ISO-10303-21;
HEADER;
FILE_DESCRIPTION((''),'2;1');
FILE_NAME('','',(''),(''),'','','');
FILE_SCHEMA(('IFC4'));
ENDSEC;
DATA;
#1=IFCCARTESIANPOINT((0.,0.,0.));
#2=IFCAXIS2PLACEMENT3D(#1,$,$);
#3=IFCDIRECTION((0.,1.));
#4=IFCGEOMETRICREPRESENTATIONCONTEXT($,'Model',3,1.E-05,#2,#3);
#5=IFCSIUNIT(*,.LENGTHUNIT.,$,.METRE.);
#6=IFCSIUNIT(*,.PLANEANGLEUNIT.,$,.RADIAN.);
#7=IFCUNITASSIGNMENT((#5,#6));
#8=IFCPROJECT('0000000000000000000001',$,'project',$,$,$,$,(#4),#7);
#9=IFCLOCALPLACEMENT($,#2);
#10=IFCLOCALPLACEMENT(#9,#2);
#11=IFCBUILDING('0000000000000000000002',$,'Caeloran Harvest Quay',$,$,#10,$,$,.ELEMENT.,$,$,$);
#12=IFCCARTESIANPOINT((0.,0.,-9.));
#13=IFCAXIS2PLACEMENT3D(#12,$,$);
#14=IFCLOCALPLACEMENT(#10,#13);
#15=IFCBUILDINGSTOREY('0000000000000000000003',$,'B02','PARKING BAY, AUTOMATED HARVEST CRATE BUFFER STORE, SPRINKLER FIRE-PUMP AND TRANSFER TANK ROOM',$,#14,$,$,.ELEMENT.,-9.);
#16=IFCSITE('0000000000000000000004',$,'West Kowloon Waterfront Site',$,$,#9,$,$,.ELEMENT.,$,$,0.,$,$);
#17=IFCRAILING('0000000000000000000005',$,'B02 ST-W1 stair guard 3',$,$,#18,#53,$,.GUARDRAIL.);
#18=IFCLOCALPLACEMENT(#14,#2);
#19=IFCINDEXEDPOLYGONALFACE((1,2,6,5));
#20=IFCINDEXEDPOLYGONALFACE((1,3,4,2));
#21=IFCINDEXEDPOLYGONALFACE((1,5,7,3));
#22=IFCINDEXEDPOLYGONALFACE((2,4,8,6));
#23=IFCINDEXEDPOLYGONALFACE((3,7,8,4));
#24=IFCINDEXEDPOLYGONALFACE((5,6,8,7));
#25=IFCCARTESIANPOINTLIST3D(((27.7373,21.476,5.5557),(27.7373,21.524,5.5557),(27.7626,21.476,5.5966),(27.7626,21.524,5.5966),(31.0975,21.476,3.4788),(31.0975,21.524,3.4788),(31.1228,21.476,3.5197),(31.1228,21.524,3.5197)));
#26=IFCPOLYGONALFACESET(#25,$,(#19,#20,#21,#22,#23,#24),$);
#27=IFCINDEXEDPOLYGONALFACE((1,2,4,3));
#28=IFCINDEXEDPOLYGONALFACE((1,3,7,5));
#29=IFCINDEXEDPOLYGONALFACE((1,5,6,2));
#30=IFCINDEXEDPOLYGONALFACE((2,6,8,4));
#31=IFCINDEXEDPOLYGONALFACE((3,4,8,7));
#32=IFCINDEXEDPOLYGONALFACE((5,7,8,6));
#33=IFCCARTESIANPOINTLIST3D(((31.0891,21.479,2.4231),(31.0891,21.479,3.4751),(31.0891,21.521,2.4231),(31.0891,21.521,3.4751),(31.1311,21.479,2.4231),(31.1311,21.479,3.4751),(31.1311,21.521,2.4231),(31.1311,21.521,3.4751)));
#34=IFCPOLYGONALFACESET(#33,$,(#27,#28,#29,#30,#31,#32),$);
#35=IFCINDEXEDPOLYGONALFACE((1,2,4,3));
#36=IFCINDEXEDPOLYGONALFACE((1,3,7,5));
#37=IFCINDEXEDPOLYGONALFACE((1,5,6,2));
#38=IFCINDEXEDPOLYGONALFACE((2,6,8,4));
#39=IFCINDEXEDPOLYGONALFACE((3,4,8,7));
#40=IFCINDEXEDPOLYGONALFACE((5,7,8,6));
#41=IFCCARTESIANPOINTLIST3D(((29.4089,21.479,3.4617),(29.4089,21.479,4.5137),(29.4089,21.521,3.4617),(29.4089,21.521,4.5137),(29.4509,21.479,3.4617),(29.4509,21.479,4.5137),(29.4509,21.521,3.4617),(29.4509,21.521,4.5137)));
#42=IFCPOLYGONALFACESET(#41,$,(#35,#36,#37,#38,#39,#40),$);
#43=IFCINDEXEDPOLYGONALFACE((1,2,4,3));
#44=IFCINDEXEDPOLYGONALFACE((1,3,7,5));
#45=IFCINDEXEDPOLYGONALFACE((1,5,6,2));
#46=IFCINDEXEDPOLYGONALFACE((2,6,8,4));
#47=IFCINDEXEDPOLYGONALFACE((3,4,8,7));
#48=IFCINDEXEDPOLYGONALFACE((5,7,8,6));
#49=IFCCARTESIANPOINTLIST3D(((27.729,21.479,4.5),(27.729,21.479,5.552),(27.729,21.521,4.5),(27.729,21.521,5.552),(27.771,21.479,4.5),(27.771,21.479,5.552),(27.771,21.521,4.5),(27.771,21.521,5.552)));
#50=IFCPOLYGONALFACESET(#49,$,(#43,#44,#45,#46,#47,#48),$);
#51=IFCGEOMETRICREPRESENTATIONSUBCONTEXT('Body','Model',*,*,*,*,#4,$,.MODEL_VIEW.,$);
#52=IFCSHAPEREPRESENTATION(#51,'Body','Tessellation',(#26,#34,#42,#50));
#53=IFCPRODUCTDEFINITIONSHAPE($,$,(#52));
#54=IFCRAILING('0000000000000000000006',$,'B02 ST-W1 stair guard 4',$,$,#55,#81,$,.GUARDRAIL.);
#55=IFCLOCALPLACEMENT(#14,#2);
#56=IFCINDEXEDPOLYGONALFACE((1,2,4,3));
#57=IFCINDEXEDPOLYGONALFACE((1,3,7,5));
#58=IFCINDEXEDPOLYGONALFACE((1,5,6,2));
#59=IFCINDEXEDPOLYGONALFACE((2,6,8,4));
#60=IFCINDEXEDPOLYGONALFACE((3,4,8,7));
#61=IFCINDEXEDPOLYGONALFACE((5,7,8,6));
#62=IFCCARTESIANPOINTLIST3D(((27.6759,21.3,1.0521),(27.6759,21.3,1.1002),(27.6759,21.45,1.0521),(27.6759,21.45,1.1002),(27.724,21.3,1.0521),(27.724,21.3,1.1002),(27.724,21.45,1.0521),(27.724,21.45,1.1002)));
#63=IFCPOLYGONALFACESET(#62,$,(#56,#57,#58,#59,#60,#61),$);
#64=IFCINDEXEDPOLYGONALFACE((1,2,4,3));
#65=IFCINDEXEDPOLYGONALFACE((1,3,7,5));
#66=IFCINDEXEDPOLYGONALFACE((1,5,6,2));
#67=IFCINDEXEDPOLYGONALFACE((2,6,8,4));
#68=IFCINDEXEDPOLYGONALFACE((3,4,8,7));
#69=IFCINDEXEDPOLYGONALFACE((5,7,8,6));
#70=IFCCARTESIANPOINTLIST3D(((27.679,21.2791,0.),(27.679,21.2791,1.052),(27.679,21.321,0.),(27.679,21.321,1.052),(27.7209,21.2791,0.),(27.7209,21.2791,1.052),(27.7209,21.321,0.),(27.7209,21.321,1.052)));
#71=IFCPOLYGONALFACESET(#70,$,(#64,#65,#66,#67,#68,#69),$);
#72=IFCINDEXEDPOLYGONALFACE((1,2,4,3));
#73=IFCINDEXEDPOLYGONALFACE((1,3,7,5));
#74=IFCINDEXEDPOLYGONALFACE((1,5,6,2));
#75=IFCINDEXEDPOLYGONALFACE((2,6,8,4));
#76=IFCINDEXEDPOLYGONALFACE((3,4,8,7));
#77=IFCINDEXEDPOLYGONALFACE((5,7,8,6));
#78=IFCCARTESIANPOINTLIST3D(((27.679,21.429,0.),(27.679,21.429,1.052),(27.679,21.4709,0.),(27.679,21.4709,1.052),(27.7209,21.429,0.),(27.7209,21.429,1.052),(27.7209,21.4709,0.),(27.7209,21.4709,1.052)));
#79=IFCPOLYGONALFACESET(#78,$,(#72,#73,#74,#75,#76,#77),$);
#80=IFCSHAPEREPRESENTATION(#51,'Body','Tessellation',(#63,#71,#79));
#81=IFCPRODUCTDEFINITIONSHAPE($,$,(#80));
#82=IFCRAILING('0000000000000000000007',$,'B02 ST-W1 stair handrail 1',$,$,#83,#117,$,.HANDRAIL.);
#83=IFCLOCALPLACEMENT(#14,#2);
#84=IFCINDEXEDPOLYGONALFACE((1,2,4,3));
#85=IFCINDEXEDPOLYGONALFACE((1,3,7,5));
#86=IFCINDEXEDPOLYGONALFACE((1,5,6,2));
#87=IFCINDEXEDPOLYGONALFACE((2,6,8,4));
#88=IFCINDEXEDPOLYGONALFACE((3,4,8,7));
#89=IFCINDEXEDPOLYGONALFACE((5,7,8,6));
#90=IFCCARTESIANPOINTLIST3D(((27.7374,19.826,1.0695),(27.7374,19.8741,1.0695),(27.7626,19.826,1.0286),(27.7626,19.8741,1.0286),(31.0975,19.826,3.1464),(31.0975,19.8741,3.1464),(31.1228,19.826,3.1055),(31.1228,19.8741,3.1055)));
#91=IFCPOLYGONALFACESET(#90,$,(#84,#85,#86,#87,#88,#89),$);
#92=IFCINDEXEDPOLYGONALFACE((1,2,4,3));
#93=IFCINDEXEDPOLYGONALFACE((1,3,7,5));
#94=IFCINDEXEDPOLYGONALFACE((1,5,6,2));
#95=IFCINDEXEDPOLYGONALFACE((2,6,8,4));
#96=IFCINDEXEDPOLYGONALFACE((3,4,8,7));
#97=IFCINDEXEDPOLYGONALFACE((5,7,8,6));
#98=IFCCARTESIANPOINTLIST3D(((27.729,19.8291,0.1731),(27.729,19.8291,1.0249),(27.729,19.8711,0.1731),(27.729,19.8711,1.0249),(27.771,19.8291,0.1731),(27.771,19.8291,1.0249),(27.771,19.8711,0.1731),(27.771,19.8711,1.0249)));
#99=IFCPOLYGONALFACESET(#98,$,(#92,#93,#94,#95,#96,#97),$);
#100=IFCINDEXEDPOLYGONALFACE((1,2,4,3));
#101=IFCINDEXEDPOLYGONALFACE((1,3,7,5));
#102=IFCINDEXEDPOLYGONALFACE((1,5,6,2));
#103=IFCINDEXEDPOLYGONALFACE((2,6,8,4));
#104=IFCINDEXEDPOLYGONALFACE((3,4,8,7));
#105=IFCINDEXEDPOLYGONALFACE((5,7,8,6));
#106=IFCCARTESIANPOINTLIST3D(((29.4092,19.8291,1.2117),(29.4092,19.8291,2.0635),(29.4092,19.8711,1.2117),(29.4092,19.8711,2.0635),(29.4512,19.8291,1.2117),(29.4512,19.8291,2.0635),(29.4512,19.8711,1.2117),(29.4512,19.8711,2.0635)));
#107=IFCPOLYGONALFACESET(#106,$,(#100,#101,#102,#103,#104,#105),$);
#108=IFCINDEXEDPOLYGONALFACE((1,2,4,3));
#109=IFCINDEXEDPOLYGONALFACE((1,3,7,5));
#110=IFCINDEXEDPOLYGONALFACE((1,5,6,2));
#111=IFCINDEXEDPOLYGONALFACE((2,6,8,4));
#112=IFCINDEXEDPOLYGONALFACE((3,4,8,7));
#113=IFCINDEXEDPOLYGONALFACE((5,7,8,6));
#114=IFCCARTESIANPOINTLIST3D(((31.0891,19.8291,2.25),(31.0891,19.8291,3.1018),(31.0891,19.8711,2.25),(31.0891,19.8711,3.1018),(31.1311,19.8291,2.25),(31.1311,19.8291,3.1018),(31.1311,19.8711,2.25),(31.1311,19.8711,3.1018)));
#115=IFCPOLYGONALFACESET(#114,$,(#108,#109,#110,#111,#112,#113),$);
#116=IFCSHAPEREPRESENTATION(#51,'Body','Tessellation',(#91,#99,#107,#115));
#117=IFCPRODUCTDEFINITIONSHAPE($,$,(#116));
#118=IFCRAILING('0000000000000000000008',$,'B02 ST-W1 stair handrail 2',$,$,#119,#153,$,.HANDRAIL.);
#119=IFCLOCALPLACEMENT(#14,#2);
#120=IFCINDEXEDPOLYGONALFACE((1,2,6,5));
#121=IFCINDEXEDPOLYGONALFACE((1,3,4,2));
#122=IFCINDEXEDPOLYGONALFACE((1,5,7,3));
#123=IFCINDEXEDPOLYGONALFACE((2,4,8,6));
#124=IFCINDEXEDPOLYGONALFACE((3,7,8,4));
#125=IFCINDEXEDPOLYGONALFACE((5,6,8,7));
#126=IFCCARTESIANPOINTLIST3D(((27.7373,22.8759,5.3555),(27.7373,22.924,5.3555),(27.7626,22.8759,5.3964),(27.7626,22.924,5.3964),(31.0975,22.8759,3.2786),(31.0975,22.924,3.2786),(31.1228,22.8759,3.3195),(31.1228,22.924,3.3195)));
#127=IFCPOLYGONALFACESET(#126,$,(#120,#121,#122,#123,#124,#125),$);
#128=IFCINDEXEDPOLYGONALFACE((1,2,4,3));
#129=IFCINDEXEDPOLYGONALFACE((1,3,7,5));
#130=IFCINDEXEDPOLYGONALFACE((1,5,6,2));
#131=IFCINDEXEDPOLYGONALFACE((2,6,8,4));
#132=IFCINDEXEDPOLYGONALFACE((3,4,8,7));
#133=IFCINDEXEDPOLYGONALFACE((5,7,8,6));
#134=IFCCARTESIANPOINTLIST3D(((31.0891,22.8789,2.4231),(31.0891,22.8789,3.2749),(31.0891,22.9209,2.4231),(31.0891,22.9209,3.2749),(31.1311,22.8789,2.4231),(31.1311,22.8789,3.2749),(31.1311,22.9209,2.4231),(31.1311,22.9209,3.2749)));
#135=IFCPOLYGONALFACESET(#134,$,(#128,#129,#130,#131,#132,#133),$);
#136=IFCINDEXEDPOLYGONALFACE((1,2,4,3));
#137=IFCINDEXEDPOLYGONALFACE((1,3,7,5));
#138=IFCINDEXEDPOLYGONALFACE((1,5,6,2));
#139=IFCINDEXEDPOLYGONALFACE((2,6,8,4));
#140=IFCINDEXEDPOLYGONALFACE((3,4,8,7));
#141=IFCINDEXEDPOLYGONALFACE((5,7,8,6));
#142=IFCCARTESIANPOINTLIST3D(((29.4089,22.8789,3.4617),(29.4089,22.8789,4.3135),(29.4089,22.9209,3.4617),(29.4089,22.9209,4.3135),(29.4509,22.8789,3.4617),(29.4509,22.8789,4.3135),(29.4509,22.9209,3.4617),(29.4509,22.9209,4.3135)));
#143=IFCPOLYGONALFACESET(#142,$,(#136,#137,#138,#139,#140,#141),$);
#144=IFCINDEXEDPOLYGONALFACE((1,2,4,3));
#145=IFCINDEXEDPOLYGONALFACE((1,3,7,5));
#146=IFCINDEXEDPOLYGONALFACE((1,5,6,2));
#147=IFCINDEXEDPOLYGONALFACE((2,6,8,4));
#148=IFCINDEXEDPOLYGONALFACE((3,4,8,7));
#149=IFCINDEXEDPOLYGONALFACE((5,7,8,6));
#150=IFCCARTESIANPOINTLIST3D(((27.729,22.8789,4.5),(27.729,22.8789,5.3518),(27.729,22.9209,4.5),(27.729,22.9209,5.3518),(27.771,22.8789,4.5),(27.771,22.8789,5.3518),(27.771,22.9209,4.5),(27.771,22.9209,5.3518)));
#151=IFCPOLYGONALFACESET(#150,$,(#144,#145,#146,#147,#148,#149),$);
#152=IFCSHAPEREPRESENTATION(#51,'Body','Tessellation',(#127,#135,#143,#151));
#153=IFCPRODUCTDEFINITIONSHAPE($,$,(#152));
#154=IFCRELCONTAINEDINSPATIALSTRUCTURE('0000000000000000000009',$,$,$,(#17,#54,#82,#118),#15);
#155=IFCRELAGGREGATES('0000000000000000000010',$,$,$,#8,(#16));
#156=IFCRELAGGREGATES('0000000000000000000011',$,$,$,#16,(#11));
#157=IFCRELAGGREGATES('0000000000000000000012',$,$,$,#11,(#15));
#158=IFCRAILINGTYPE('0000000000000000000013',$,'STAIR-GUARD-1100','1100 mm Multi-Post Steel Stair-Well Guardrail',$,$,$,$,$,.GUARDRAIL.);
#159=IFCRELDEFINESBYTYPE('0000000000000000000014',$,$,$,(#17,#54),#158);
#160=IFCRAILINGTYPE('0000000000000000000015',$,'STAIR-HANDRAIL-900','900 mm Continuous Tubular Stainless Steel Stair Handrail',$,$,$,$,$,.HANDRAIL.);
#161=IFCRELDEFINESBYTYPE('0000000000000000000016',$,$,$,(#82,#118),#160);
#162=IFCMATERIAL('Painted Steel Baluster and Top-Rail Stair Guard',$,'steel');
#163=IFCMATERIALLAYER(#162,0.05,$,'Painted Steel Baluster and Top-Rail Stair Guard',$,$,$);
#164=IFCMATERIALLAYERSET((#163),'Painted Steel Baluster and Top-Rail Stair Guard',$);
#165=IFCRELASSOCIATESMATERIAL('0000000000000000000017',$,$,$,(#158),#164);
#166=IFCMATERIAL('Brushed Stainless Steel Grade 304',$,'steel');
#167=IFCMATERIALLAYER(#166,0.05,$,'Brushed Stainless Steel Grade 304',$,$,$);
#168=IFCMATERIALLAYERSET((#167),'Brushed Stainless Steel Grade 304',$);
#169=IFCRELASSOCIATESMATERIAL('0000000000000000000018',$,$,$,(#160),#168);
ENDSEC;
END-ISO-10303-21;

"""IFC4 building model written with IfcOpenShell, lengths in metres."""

from ifc_helpers import new_model, si_unit, direction, frame, origin, origin_2d, place, context, subcontext, project, spatial, rectangle, extrude, material, layer, layer_set, type_object, element, save


model = new_model("IFC4")

# Units and contexts
model_context = context("Model", 3, precision=1e-05, world=origin(), true_north=direction((0.0, 1.0)))
body_context = subcontext(model_context, "Body", "Model", "MODEL_VIEW")
ifc_project = project(units=[si_unit("LENGTHUNIT", "METRE"), si_unit("PLANEANGLEUNIT", "RADIAN")], contexts=[model_context])

# Site, building, storey
site_placement = place(None, origin())
site = spatial("IfcSite", under=ifc_project, at=site_placement, Name="West Kowloon Waterfront Site", CompositionType="ELEMENT", RefElevation=0.0)
building_placement = place(site_placement, origin())
building = spatial("IfcBuilding", under=site, at=building_placement, Name="Caeloran Harvest Quay", CompositionType="ELEMENT")
storey_placement = place(building_placement, frame((0.0, 0.0, -9.0)))
storey = spatial("IfcBuildingStorey", under=building, at=storey_placement, Name="B02", Description="PARKING BAY, AUTOMATED HARVEST CRATE BUFFER STORE, SPRINKLER FIRE-PUMP AND TRANSFER TANK ROOM", CompositionType="ELEMENT", Elevation=-9.0)

# Railings
ifc_material_1 = material(Name="Painted Steel Baluster and Top-Rail Stair Guard", Category="steel")
ifc_layer_1 = layer(ifc_material_1, 0.05, Name="Painted Steel Baluster and Top-Rail Stair Guard")
ifc_layer_set_1 = layer_set([ifc_layer_1], Name="Painted Steel Baluster and Top-Rail Stair Guard")
railing_type_1 = type_object("IfcRailingType", Name="STAIR-GUARD-1100", Description="1100 mm Multi-Post Steel Stair-Well Guardrail", PredefinedType="GUARDRAIL", material=ifc_layer_set_1)
railing_1_placement = place(storey_placement, frame((31.1101, 21.5, 2.4231)))
element("IfcRailing", 1, at=railing_1_placement, inside=storey, type_object=railing_type_1, Name="B02 ST-W1 stair guard 3", PredefinedType="GUARDRAIL", context=body_context, shape_type="SweptSolid", body=[
    extrude(rectangle(XDim=0.0481, YDim=0.0481, at=origin_2d()), frame((0.0, 0.0, 1.0762), z_axis=(-0.850623, 0.0, 0.525776), x_axis=(0.0, -1.0, 0.0)), (0.0, 0.0, 1.0), 3.9502),
    extrude(rectangle(XDim=0.042, YDim=0.042, at=origin_2d()), origin(), (0.0, 0.0, 1.0), 1.052),
    extrude(rectangle(XDim=0.042, YDim=0.042, at=origin_2d()), frame((-1.6802, 0.0, 1.0386)), (0.0, 0.0, 1.0), 1.052),
    extrude(rectangle(XDim=0.042, YDim=0.042, at=origin_2d()), frame((-3.3601, 0.0, 2.0769)), (0.0, 0.0, 1.0), 1.052),
])
railing_2_placement = place(storey_placement, frame((27.7, 21.3, 0.0)))
element("IfcRailing", 2, at=railing_2_placement, inside=storey, type_object=railing_type_1, Name="B02 ST-W1 stair guard 4", PredefinedType="GUARDRAIL", context=body_context, shape_type="SweptSolid", body=[
    extrude(rectangle(XDim=0.0481, YDim=0.0481, at=origin_2d()), frame((0.0, 0.0, 1.0762), z_axis=(0.0, 1.0, 0.0), x_axis=(-1.0, 0.0, 0.0)), (0.0, 0.0, 1.0), 0.1499),
    extrude(rectangle(XDim=0.042, YDim=0.042, at=origin_2d()), origin(), (0.0, 0.0, 1.0), 1.052),
    extrude(rectangle(XDim=0.042, YDim=0.042, at=origin_2d()), frame((0.0, 0.1499, 0.0)), (0.0, 0.0, 1.0), 1.052),
])
ifc_material_2 = material(Name="Brushed Stainless Steel Grade 304", Category="steel")
ifc_layer_2 = layer(ifc_material_2, 0.05, Name="Brushed Stainless Steel Grade 304")
ifc_layer_set_2 = layer_set([ifc_layer_2], Name="Brushed Stainless Steel Grade 304")
railing_type_2 = type_object("IfcRailingType", Name="STAIR-HANDRAIL-900", Description="900 mm Continuous Tubular Stainless Steel Stair Handrail", PredefinedType="HANDRAIL", material=ifc_layer_set_2)
railing_3_placement = place(storey_placement, frame((27.75, 19.8501, 0.1731)))
element("IfcRailing", 3, at=railing_3_placement, inside=storey, type_object=railing_type_2, Name="B02 ST-W1 stair handrail 1", PredefinedType="HANDRAIL", context=body_context, shape_type="SweptSolid", body=[
    extrude(rectangle(XDim=0.0481, YDim=0.0481, at=origin_2d()), frame((0.0, 0.0, 0.876), z_axis=(0.850623, 0.0, 0.525776), x_axis=(0.0, 1.0, 0.0)), (0.0, 0.0, 1.0), 3.9502),
    extrude(rectangle(XDim=0.042, YDim=0.042, at=origin_2d()), origin(), (0.0, 0.0, 1.0), 0.8518),
    extrude(rectangle(XDim=0.042, YDim=0.042, at=origin_2d()), frame((1.6802, 0.0, 1.0386)), (0.0, 0.0, 1.0), 0.8518),
    extrude(rectangle(XDim=0.042, YDim=0.042, at=origin_2d()), frame((3.3601, 0.0, 2.0769)), (0.0, 0.0, 1.0), 0.8518),
])
railing_4_placement = place(storey_placement, frame((31.1101, 22.8999, 2.4231)))
element("IfcRailing", 4, at=railing_4_placement, inside=storey, type_object=railing_type_2, Name="B02 ST-W1 stair handrail 2", PredefinedType="HANDRAIL", context=body_context, shape_type="SweptSolid", body=[
    extrude(rectangle(XDim=0.0481, YDim=0.0481, at=origin_2d()), frame((0.0, 0.0, 0.876), z_axis=(-0.850623, 0.0, 0.525776), x_axis=(0.0, -1.0, 0.0)), (0.0, 0.0, 1.0), 3.9502),
    extrude(rectangle(XDim=0.042, YDim=0.042, at=origin_2d()), origin(), (0.0, 0.0, 1.0), 0.8518),
    extrude(rectangle(XDim=0.042, YDim=0.042, at=origin_2d()), frame((-1.6802, 0.0, 1.0386)), (0.0, 0.0, 1.0), 0.8518),
    extrude(rectangle(XDim=0.042, YDim=0.042, at=origin_2d()), frame((-3.3601, 0.0, 2.0769)), (0.0, 0.0, 1.0), 0.8518),
])

save(model, "model.ifc")
